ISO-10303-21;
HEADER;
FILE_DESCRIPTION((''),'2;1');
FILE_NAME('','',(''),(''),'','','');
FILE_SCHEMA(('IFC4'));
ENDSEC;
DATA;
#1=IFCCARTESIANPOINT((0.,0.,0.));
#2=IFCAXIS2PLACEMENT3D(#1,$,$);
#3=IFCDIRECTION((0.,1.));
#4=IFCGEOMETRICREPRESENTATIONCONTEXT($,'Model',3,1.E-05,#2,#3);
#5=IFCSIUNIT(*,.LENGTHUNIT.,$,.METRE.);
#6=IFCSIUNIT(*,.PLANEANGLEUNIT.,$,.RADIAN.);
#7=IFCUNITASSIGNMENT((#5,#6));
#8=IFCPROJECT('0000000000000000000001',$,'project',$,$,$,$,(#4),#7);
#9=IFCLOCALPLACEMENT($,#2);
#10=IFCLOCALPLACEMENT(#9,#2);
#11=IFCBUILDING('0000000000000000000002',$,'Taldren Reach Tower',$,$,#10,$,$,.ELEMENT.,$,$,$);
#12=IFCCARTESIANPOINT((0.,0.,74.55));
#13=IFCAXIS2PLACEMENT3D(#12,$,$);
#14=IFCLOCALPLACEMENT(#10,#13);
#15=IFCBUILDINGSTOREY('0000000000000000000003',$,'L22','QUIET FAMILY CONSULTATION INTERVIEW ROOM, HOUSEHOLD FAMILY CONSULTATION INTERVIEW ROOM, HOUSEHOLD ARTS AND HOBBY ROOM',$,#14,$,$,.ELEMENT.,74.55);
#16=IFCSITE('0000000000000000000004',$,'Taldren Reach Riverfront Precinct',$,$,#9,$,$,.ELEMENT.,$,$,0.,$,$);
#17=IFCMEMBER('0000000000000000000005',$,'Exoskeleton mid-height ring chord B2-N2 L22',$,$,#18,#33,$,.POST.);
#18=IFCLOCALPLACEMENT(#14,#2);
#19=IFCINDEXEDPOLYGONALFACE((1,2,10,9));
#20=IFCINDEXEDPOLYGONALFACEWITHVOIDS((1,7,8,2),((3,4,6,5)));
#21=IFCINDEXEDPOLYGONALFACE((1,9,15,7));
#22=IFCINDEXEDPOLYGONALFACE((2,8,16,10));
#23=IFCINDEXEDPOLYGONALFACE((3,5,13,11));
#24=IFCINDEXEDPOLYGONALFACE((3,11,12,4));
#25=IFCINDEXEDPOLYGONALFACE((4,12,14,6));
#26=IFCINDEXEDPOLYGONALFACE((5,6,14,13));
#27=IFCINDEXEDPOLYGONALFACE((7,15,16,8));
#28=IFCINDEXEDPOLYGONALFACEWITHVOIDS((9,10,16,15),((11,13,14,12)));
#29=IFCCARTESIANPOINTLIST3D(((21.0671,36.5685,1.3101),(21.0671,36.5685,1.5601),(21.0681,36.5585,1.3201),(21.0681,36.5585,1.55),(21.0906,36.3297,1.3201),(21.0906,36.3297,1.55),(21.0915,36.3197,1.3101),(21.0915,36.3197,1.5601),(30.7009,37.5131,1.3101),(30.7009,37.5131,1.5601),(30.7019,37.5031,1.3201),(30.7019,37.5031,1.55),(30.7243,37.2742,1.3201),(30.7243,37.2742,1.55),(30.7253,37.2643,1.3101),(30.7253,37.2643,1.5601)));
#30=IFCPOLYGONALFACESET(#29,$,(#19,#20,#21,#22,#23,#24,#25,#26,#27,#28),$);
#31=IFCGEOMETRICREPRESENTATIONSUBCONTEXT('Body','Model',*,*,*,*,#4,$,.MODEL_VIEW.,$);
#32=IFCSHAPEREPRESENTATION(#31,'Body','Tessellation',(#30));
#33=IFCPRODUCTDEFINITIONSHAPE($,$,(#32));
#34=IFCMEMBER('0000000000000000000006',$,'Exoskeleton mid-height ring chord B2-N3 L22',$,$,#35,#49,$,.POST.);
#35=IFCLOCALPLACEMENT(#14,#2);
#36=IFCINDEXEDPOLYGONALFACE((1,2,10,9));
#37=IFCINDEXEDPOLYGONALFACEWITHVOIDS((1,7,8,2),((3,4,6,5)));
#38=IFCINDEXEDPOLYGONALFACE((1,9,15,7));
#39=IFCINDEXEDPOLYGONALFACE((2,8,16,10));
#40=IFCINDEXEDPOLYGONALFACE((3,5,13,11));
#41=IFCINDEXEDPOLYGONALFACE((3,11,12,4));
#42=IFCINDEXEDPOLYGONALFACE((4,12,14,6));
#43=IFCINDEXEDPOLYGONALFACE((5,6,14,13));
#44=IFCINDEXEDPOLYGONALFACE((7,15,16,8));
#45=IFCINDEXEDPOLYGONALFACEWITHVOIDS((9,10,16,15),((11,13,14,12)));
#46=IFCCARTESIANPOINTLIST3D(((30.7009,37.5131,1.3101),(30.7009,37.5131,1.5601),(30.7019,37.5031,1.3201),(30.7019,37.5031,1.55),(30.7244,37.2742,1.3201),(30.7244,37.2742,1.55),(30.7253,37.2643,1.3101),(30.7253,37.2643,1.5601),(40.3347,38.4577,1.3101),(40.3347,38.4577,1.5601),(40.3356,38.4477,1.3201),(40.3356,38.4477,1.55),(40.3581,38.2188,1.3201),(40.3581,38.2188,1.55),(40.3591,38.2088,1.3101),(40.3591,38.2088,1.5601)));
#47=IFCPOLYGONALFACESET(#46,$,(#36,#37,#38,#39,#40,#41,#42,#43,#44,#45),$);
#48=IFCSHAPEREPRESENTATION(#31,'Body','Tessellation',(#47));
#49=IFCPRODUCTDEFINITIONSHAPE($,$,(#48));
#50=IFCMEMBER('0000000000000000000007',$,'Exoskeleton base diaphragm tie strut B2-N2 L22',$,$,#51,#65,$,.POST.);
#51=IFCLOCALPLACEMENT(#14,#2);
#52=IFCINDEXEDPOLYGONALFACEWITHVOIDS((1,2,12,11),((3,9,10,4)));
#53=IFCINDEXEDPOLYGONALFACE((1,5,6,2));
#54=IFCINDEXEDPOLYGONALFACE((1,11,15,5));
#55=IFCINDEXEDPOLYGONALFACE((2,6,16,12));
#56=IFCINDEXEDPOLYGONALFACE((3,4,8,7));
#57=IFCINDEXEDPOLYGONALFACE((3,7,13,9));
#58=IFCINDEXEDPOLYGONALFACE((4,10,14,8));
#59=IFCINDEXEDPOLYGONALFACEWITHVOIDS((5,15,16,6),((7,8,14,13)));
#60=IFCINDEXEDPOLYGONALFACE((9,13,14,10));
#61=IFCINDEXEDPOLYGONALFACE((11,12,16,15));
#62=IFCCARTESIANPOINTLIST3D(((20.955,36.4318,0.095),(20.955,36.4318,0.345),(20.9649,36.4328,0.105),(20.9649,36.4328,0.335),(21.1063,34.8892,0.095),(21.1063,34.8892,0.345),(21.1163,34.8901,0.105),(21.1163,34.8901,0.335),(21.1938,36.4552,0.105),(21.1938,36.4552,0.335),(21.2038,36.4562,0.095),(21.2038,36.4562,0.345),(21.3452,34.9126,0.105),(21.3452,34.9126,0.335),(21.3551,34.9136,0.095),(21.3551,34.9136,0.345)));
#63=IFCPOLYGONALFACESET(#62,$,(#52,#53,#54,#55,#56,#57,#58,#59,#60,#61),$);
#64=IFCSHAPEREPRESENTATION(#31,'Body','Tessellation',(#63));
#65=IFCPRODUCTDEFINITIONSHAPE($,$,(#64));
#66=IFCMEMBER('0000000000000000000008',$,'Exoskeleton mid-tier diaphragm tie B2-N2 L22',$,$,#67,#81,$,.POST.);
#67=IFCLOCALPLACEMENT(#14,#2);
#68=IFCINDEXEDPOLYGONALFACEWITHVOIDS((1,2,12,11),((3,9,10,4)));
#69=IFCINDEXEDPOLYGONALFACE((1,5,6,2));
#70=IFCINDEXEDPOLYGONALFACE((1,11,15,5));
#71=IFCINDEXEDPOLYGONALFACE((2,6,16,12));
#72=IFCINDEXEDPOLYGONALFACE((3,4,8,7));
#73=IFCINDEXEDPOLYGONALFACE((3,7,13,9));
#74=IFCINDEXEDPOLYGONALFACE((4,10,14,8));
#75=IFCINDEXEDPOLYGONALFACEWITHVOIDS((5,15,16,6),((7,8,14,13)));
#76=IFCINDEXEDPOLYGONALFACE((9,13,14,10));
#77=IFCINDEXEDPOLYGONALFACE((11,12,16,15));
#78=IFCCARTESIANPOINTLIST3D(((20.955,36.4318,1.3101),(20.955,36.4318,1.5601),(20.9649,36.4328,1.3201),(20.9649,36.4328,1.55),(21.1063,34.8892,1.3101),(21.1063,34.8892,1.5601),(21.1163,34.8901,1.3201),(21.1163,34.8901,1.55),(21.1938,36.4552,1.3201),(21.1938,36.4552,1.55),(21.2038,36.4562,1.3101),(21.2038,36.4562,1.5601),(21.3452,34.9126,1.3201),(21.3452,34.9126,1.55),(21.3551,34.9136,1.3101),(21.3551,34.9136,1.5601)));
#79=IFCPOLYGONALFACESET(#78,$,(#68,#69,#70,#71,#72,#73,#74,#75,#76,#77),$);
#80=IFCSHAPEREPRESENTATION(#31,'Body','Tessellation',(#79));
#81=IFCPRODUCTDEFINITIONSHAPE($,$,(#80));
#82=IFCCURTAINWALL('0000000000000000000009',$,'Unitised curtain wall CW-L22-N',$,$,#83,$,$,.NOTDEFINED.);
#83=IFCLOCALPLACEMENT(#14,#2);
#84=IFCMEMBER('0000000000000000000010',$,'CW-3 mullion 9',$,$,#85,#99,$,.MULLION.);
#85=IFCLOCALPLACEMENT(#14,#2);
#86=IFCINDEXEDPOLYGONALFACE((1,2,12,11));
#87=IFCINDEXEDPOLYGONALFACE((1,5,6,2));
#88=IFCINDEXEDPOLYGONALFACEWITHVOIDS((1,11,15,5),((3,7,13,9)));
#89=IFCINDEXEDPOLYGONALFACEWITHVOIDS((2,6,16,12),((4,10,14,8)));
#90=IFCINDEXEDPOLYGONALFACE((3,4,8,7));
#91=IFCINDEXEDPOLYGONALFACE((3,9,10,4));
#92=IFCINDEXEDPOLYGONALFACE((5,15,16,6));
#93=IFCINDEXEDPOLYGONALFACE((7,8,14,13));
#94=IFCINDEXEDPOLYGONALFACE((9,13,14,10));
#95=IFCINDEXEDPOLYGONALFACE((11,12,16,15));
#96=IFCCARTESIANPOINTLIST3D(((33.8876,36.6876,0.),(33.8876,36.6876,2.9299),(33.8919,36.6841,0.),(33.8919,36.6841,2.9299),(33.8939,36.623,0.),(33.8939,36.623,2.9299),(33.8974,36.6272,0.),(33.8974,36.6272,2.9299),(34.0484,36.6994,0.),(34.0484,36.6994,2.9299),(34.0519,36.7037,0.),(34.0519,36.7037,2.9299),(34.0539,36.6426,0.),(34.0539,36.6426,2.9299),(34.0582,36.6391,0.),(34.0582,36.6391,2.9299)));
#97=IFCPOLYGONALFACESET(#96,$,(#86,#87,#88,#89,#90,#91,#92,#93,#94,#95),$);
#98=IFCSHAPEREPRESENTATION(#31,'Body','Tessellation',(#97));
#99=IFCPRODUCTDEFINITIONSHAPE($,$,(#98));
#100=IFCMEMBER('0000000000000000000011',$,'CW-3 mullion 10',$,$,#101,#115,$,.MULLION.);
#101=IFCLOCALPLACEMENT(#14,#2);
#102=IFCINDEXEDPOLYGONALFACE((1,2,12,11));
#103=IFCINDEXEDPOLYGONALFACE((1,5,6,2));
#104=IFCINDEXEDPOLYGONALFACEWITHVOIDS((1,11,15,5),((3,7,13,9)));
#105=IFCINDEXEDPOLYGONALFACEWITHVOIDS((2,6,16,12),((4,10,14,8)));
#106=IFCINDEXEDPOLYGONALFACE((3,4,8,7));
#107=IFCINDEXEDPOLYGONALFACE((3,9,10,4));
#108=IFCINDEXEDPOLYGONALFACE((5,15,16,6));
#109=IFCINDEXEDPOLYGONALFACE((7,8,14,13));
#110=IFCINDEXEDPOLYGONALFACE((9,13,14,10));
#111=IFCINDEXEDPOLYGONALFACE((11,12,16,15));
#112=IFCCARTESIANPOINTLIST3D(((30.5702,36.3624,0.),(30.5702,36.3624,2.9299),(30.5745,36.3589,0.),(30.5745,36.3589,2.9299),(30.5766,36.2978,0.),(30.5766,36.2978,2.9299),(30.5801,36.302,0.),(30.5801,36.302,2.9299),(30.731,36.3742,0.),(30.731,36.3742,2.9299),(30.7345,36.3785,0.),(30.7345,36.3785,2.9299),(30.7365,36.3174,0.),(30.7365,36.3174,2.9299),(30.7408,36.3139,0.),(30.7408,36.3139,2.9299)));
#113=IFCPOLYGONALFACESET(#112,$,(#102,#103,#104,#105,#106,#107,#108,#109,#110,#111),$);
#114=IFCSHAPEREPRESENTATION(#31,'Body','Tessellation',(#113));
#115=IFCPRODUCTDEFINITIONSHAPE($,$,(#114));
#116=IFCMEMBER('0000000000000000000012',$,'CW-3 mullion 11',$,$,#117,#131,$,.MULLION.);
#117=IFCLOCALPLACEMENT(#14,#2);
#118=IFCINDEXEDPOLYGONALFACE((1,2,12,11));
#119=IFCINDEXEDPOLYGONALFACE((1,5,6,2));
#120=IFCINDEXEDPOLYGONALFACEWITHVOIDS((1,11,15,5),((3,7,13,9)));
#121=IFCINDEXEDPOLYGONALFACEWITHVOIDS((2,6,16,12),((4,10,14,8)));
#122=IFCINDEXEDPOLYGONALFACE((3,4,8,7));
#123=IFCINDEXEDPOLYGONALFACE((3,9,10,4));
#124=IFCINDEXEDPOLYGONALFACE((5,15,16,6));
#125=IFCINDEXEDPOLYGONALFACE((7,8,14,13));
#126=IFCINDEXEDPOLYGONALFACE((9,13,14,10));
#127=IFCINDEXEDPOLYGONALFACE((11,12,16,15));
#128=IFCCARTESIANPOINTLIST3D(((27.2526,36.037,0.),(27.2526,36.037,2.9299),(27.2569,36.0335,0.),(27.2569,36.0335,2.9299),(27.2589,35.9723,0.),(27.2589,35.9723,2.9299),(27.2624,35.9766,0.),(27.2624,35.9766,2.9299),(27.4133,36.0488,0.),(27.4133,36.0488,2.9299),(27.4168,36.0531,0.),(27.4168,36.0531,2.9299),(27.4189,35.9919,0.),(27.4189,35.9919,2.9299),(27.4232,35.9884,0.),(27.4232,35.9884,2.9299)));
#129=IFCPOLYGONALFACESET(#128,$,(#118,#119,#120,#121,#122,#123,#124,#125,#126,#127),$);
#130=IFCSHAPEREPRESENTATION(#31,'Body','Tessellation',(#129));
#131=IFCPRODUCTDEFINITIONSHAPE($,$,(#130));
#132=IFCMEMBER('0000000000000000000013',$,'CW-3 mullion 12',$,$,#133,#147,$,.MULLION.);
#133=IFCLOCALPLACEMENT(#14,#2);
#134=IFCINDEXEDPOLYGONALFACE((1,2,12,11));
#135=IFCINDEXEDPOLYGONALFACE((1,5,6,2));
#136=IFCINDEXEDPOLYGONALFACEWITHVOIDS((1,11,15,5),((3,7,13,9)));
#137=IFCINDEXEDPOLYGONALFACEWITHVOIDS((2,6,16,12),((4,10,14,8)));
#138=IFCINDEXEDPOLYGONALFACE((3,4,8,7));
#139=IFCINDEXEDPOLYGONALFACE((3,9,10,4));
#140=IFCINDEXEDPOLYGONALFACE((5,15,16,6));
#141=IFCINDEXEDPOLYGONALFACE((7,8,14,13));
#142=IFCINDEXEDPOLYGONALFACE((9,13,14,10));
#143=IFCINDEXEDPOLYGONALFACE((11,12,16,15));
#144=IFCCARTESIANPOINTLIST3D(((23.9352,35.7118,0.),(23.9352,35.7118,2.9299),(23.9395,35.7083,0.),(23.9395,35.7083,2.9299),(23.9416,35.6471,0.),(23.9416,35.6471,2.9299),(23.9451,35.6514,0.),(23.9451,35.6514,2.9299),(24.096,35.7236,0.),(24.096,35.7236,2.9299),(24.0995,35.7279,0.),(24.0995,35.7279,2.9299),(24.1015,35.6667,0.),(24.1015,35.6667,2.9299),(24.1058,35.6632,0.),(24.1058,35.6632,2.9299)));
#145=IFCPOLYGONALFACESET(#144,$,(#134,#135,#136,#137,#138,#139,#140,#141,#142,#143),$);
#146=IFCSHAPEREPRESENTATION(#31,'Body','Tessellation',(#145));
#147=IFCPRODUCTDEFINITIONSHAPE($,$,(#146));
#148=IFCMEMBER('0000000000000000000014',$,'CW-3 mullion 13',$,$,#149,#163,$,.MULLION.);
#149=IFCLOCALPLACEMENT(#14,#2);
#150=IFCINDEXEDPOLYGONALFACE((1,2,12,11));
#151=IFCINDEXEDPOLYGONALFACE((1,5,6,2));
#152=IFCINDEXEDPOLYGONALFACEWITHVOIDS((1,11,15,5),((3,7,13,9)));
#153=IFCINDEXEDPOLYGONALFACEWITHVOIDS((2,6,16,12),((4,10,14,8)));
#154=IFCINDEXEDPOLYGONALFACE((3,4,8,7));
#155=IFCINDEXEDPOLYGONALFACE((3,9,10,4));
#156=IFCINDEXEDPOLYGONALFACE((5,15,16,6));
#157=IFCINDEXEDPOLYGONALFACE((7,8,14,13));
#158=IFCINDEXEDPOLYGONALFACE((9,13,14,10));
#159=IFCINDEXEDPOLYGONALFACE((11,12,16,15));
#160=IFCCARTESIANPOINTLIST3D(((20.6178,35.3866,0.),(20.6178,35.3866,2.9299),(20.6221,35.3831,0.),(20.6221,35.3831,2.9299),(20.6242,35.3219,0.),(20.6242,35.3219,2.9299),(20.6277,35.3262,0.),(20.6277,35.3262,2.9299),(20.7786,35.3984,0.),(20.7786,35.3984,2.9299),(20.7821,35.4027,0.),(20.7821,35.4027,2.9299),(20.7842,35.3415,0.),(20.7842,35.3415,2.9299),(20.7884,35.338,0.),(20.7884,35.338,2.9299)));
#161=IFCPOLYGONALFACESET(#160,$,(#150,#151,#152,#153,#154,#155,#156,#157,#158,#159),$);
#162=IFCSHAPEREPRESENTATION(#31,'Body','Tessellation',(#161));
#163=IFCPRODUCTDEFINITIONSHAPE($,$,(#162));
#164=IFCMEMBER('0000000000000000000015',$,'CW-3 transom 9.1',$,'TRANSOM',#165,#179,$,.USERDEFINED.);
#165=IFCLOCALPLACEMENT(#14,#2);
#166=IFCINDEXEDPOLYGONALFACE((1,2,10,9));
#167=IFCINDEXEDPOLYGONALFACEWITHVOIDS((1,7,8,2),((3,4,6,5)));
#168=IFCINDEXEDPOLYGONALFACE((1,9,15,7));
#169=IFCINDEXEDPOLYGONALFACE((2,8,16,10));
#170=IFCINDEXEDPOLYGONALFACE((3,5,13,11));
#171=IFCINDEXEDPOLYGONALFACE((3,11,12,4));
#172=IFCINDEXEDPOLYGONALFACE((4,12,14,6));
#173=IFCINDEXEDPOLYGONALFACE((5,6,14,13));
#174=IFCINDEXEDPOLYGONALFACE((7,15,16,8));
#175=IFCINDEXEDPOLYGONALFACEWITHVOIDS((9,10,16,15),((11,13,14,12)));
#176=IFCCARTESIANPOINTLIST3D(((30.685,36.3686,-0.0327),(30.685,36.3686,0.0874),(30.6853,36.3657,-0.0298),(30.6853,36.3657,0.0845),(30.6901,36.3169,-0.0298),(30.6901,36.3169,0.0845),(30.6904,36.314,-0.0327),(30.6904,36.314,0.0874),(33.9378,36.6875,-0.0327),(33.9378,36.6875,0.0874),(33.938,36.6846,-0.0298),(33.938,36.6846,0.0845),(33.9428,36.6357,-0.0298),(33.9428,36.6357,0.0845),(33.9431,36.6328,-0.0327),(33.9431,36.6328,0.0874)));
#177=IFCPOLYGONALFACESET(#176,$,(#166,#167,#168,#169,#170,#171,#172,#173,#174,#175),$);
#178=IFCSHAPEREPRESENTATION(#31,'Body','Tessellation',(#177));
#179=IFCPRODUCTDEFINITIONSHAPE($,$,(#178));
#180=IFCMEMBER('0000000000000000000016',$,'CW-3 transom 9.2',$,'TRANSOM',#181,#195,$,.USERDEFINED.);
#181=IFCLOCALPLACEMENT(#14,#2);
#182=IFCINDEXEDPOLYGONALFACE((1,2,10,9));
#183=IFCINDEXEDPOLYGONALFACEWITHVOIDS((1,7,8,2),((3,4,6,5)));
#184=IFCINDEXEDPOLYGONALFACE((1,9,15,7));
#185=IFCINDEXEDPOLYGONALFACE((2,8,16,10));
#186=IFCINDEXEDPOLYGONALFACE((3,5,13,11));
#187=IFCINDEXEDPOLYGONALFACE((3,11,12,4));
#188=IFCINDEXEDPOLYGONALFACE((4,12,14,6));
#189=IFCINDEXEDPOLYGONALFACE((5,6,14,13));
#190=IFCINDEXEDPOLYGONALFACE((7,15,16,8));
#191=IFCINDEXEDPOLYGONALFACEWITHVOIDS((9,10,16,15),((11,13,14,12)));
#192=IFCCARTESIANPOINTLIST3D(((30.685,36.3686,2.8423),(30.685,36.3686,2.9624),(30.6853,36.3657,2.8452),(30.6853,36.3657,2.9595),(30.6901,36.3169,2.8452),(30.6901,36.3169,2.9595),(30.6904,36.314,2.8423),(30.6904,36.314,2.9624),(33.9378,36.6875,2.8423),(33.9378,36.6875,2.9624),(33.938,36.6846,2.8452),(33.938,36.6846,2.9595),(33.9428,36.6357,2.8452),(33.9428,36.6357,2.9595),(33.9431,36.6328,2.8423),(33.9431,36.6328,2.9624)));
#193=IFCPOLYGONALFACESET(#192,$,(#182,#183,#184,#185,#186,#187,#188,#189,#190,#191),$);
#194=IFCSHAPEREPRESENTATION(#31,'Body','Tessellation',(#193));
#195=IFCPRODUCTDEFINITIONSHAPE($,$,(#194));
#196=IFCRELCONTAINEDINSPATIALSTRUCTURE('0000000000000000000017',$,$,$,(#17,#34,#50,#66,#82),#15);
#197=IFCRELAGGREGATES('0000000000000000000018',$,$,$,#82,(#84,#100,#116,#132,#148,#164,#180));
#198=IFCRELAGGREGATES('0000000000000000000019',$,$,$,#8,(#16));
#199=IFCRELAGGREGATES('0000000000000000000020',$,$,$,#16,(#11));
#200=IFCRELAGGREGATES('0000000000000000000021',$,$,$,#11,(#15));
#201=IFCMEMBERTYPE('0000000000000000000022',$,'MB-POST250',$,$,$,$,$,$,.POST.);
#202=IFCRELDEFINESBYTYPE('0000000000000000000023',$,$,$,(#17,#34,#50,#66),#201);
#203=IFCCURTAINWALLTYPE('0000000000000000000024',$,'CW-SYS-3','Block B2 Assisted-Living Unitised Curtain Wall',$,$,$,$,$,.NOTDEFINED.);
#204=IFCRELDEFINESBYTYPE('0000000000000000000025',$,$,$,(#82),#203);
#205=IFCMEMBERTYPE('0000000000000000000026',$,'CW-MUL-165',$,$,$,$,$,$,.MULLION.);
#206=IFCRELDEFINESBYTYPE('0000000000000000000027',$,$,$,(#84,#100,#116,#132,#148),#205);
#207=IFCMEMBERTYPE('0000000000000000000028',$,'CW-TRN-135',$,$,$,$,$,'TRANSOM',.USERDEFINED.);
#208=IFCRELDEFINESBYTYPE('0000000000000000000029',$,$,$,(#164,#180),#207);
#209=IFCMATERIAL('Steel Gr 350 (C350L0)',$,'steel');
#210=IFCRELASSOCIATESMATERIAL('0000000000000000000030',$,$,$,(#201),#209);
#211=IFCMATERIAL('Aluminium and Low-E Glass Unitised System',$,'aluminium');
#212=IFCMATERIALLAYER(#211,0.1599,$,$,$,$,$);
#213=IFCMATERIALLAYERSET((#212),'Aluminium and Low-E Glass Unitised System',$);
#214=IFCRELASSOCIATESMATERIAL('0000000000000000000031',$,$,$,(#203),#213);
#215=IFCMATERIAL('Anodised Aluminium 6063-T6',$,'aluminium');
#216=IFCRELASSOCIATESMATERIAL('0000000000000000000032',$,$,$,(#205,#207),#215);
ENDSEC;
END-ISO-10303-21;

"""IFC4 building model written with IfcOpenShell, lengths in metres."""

from ifc_helpers import new_model, si_unit, direction, frame, origin, origin_2d, place, context, subcontext, project, spatial, hollow_rectangle, extrude, source, transform, mapped, material, layer, layer_set, material_profile, profile_set, type_object, element, aggregate, save


model = new_model("IFC4")

# Units and contexts
model_context = context("Model", 3, precision=1e-05, world=origin(), true_north=direction((0.0, 1.0)))
body_context = subcontext(model_context, "Body", "Model", "MODEL_VIEW")
ifc_project = project(units=[si_unit("LENGTHUNIT", "METRE"), si_unit("PLANEANGLEUNIT", "RADIAN")], contexts=[model_context])

# Site, building, storey
site_placement = place(None, origin())
site = spatial("IfcSite", under=ifc_project, at=site_placement, Name="Taldren Reach Riverfront Precinct", CompositionType="ELEMENT", RefElevation=0.0)
building_placement = place(site_placement, origin())
building = spatial("IfcBuilding", under=site, at=building_placement, Name="Taldren Reach Tower", CompositionType="ELEMENT")
storey_placement = place(building_placement, frame((0.0, 0.0, 74.55)))
storey = spatial("IfcBuildingStorey", under=building, at=storey_placement, Name="L22", Description="QUIET FAMILY CONSULTATION INTERVIEW ROOM, HOUSEHOLD FAMILY CONSULTATION INTERVIEW ROOM, HOUSEHOLD ARTS AND HOBBY ROOM", CompositionType="ELEMENT", Elevation=74.55)

# Shared definitions
ifc_material_1 = material(Name="Steel Gr 350 (C350L0)", Category="steel")
ifc_material_profile_1 = material_profile(ifc_material_1, hollow_rectangle(XDim=0.25, YDim=0.25, WallThickness=0.01, at=origin_2d()), Name="250x250x10.0SHS")
ifc_profile_set_1 = profile_set([ifc_material_profile_1], Name="Steel Gr 350 (C350L0)")
member_type_1 = type_object("IfcMemberType", Name="MB-POST250", PredefinedType="POST", material=ifc_profile_set_1)

# Members
shared_shape_1 = source(origin(), body_context, "Body", "SweptSolid", [
    extrude(hollow_rectangle(XDim=0.25, YDim=0.25, WallThickness=0.01, at=origin_2d()), origin(), (0.0, 0.0, 1.0), 9.6799),
])
for number, where, z_axis, x_axis, name in (
    (1, (21.0793, 36.4441, 1.4351), (0.995228, 0.097581, 0.0), (-0.097581, 0.995228, 0.0), "Exoskeleton mid-height ring chord B2-N2 L22"),
    (2, (30.7131, 37.3887, 1.4351), (0.995228, 0.097581, 0.0), (-0.097581, 0.995228, 0.0), "Exoskeleton mid-height ring chord B2-N3 L22"),
):
    element("IfcMember", number, at=place(storey_placement, frame(where, z_axis=z_axis, x_axis=x_axis)), inside=storey, type_object=member_type_1, Name=name, PredefinedType="POST", context=body_context, shape_type="MappedRepresentation", body=[
        mapped(shared_shape_1, transform((0.0, 0.0, 0.0), scale=1.0)),
    ])
shared_shape_2 = source(origin(), body_context, "Body", "SweptSolid", [
    extrude(hollow_rectangle(XDim=0.25, YDim=0.25, WallThickness=0.01, at=origin_2d()), origin(), (0.0, 0.0, 1.0), 1.55),
])
for number, where, z_axis, x_axis, name in (
    (3, (21.2307, 34.9014, 0.22), (-0.097648, 0.995221, 0.0), (-0.995221, -0.097648, 0.0), "Exoskeleton base diaphragm tie strut B2-N2 L22"),
    (4, (21.2307, 34.9014, 1.4351), (-0.097648, 0.995221, 0.0), (-0.995221, -0.097648, 0.0), "Exoskeleton mid-tier diaphragm tie B2-N2 L22"),
):
    element("IfcMember", number, at=place(storey_placement, frame(where, z_axis=z_axis, x_axis=x_axis)), inside=storey, type_object=member_type_1, Name=name, PredefinedType="POST", context=body_context, shape_type="MappedRepresentation", body=[
        mapped(shared_shape_2, transform((0.0, 0.0, 0.0), scale=1.0)),
    ])

# Curtain wall, members
ifc_material_2 = material(Name="Aluminium and Low-E Glass Unitised System", Category="aluminium")
ifc_layer_1 = layer(ifc_material_2, 0.1599)
ifc_layer_set_1 = layer_set([ifc_layer_1], Name="Aluminium and Low-E Glass Unitised System")
curtain_wall_type = type_object("IfcCurtainWallType", Name="CW-SYS-3", Description="Block B2 Assisted-Living Unitised Curtain Wall", PredefinedType="NOTDEFINED", material=ifc_layer_set_1)
curtain_wall_placement = place(storey_placement, origin())
curtain_wall = element("IfcCurtainWall", 5, at=curtain_wall_placement, inside=storey, type_object=curtain_wall_type, Name="Unitised curtain wall CW-L22-N", PredefinedType="NOTDEFINED")
ifc_material_3 = material(Name="Anodised Aluminium 6063-T6", Category="aluminium")
ifc_material_profile_2 = material_profile(ifc_material_3, hollow_rectangle(XDim=0.0649, YDim=0.165, WallThickness=0.0039, at=origin_2d()), Name="ALU-165x65x4RHS")
ifc_profile_set_2 = profile_set([ifc_material_profile_2], Name="Anodised Aluminium 6063-T6")
member_type_2 = type_object("IfcMemberType", Name="CW-MUL-165", PredefinedType="MULLION", material=ifc_profile_set_2)
shared_shape_3 = source(origin(), body_context, "Body", "SweptSolid", [
    extrude(hollow_rectangle(XDim=0.0649, YDim=0.165, WallThickness=0.0039, at=origin_2d()), origin(), (0.0, 0.0, 1.0), 2.9299),
])
member_1_placement = place(storey_placement, frame((33.9729, 36.6633, 0.0), z_axis=(0.0, 0.0, 1.0), x_axis=(0.097583, -0.995227, 0.0)))
member_1 = element("IfcMember", 6, at=member_1_placement, type_object=member_type_2, Name="CW-3 mullion 9", PredefinedType="MULLION", context=body_context, shape_type="MappedRepresentation", body=[
    mapped(shared_shape_3, transform((0.0, 0.0, 0.0), scale=1.0)),
])
member_2_placement = place(storey_placement, frame((30.6555, 36.3381, 0.0), z_axis=(0.0, 0.0, 1.0), x_axis=(0.097583, -0.995227, 0.0)))
member_2 = element("IfcMember", 7, at=member_2_placement, type_object=member_type_2, Name="CW-3 mullion 10", PredefinedType="MULLION", context=body_context, shape_type="MappedRepresentation", body=[
    mapped(shared_shape_3, transform((0.0, 0.0, 0.0), scale=1.0)),
])
member_3_placement = place(storey_placement, frame((27.3379, 36.0127, 0.0), z_axis=(0.0, 0.0, 1.0), x_axis=(0.097583, -0.995227, 0.0)))
member_3 = element("IfcMember", 8, at=member_3_placement, type_object=member_type_2, Name="CW-3 mullion 11", PredefinedType="MULLION", context=body_context, shape_type="MappedRepresentation", body=[
    mapped(shared_shape_3, transform((0.0, 0.0, 0.0), scale=1.0)),
])
member_4_placement = place(storey_placement, frame((24.0205, 35.6875, 0.0), z_axis=(0.0, 0.0, 1.0), x_axis=(0.097583, -0.995227, 0.0)))
member_4 = element("IfcMember", 9, at=member_4_placement, type_object=member_type_2, Name="CW-3 mullion 12", PredefinedType="MULLION", context=body_context, shape_type="MappedRepresentation", body=[
    mapped(shared_shape_3, transform((0.0, 0.0, 0.0), scale=1.0)),
])
member_5_placement = place(storey_placement, frame((20.7031, 35.3623, 0.0), z_axis=(0.0, 0.0, 1.0), x_axis=(0.097583, -0.995227, 0.0)))
member_5 = element("IfcMember", 10, at=member_5_placement, type_object=member_type_2, Name="CW-3 mullion 13", PredefinedType="MULLION", context=body_context, shape_type="MappedRepresentation", body=[
    mapped(shared_shape_3, transform((0.0, 0.0, 0.0), scale=1.0)),
])
ifc_material_profile_3 = material_profile(ifc_material_3, hollow_rectangle(XDim=0.0549, YDim=0.1201, WallThickness=0.0029, at=origin_2d()), Name="ALU-120x55x3RHS")
ifc_profile_set_3 = profile_set([ifc_material_profile_3], Name="Anodised Aluminium 6063-T6")
member_type_3 = type_object("IfcMemberType", Name="CW-TRN-135", ElementType="TRANSOM", PredefinedType="USERDEFINED", material=ifc_profile_set_3)
shared_shape_4 = source(origin(), body_context, "Body", "SweptSolid", [
    extrude(hollow_rectangle(XDim=0.0549, YDim=0.1201, WallThickness=0.0029, at=origin_2d()), origin(), (0.0, 0.0, 1.0), 3.2683),
])
member_6_placement = place(storey_placement, frame((33.9404, 36.6602, 0.0273), z_axis=(-0.99523, -0.097558, 0.0), x_axis=(0.097558, -0.99523, 0.0)))
member_6 = element("IfcMember", 11, at=member_6_placement, type_object=member_type_3, Name="CW-3 transom 9.1", ObjectType="TRANSOM", PredefinedType="USERDEFINED", context=body_context, shape_type="MappedRepresentation", body=[
    mapped(shared_shape_4, transform((0.0, 0.0, 0.0), scale=1.0)),
])
member_7_placement = place(storey_placement, frame((33.9404, 36.6602, 2.9023), z_axis=(-0.99523, -0.097558, 0.0), x_axis=(0.097558, -0.99523, 0.0)))
member_7 = element("IfcMember", 12, at=member_7_placement, type_object=member_type_3, Name="CW-3 transom 9.2", ObjectType="TRANSOM", PredefinedType="USERDEFINED", context=body_context, shape_type="MappedRepresentation", body=[
    mapped(shared_shape_4, transform((0.0, 0.0, 0.0), scale=1.0)),
])

aggregate(curtain_wall, [member_1, member_2, member_3, member_4, member_5, member_6, member_7])

save(model, "model.ifc")
